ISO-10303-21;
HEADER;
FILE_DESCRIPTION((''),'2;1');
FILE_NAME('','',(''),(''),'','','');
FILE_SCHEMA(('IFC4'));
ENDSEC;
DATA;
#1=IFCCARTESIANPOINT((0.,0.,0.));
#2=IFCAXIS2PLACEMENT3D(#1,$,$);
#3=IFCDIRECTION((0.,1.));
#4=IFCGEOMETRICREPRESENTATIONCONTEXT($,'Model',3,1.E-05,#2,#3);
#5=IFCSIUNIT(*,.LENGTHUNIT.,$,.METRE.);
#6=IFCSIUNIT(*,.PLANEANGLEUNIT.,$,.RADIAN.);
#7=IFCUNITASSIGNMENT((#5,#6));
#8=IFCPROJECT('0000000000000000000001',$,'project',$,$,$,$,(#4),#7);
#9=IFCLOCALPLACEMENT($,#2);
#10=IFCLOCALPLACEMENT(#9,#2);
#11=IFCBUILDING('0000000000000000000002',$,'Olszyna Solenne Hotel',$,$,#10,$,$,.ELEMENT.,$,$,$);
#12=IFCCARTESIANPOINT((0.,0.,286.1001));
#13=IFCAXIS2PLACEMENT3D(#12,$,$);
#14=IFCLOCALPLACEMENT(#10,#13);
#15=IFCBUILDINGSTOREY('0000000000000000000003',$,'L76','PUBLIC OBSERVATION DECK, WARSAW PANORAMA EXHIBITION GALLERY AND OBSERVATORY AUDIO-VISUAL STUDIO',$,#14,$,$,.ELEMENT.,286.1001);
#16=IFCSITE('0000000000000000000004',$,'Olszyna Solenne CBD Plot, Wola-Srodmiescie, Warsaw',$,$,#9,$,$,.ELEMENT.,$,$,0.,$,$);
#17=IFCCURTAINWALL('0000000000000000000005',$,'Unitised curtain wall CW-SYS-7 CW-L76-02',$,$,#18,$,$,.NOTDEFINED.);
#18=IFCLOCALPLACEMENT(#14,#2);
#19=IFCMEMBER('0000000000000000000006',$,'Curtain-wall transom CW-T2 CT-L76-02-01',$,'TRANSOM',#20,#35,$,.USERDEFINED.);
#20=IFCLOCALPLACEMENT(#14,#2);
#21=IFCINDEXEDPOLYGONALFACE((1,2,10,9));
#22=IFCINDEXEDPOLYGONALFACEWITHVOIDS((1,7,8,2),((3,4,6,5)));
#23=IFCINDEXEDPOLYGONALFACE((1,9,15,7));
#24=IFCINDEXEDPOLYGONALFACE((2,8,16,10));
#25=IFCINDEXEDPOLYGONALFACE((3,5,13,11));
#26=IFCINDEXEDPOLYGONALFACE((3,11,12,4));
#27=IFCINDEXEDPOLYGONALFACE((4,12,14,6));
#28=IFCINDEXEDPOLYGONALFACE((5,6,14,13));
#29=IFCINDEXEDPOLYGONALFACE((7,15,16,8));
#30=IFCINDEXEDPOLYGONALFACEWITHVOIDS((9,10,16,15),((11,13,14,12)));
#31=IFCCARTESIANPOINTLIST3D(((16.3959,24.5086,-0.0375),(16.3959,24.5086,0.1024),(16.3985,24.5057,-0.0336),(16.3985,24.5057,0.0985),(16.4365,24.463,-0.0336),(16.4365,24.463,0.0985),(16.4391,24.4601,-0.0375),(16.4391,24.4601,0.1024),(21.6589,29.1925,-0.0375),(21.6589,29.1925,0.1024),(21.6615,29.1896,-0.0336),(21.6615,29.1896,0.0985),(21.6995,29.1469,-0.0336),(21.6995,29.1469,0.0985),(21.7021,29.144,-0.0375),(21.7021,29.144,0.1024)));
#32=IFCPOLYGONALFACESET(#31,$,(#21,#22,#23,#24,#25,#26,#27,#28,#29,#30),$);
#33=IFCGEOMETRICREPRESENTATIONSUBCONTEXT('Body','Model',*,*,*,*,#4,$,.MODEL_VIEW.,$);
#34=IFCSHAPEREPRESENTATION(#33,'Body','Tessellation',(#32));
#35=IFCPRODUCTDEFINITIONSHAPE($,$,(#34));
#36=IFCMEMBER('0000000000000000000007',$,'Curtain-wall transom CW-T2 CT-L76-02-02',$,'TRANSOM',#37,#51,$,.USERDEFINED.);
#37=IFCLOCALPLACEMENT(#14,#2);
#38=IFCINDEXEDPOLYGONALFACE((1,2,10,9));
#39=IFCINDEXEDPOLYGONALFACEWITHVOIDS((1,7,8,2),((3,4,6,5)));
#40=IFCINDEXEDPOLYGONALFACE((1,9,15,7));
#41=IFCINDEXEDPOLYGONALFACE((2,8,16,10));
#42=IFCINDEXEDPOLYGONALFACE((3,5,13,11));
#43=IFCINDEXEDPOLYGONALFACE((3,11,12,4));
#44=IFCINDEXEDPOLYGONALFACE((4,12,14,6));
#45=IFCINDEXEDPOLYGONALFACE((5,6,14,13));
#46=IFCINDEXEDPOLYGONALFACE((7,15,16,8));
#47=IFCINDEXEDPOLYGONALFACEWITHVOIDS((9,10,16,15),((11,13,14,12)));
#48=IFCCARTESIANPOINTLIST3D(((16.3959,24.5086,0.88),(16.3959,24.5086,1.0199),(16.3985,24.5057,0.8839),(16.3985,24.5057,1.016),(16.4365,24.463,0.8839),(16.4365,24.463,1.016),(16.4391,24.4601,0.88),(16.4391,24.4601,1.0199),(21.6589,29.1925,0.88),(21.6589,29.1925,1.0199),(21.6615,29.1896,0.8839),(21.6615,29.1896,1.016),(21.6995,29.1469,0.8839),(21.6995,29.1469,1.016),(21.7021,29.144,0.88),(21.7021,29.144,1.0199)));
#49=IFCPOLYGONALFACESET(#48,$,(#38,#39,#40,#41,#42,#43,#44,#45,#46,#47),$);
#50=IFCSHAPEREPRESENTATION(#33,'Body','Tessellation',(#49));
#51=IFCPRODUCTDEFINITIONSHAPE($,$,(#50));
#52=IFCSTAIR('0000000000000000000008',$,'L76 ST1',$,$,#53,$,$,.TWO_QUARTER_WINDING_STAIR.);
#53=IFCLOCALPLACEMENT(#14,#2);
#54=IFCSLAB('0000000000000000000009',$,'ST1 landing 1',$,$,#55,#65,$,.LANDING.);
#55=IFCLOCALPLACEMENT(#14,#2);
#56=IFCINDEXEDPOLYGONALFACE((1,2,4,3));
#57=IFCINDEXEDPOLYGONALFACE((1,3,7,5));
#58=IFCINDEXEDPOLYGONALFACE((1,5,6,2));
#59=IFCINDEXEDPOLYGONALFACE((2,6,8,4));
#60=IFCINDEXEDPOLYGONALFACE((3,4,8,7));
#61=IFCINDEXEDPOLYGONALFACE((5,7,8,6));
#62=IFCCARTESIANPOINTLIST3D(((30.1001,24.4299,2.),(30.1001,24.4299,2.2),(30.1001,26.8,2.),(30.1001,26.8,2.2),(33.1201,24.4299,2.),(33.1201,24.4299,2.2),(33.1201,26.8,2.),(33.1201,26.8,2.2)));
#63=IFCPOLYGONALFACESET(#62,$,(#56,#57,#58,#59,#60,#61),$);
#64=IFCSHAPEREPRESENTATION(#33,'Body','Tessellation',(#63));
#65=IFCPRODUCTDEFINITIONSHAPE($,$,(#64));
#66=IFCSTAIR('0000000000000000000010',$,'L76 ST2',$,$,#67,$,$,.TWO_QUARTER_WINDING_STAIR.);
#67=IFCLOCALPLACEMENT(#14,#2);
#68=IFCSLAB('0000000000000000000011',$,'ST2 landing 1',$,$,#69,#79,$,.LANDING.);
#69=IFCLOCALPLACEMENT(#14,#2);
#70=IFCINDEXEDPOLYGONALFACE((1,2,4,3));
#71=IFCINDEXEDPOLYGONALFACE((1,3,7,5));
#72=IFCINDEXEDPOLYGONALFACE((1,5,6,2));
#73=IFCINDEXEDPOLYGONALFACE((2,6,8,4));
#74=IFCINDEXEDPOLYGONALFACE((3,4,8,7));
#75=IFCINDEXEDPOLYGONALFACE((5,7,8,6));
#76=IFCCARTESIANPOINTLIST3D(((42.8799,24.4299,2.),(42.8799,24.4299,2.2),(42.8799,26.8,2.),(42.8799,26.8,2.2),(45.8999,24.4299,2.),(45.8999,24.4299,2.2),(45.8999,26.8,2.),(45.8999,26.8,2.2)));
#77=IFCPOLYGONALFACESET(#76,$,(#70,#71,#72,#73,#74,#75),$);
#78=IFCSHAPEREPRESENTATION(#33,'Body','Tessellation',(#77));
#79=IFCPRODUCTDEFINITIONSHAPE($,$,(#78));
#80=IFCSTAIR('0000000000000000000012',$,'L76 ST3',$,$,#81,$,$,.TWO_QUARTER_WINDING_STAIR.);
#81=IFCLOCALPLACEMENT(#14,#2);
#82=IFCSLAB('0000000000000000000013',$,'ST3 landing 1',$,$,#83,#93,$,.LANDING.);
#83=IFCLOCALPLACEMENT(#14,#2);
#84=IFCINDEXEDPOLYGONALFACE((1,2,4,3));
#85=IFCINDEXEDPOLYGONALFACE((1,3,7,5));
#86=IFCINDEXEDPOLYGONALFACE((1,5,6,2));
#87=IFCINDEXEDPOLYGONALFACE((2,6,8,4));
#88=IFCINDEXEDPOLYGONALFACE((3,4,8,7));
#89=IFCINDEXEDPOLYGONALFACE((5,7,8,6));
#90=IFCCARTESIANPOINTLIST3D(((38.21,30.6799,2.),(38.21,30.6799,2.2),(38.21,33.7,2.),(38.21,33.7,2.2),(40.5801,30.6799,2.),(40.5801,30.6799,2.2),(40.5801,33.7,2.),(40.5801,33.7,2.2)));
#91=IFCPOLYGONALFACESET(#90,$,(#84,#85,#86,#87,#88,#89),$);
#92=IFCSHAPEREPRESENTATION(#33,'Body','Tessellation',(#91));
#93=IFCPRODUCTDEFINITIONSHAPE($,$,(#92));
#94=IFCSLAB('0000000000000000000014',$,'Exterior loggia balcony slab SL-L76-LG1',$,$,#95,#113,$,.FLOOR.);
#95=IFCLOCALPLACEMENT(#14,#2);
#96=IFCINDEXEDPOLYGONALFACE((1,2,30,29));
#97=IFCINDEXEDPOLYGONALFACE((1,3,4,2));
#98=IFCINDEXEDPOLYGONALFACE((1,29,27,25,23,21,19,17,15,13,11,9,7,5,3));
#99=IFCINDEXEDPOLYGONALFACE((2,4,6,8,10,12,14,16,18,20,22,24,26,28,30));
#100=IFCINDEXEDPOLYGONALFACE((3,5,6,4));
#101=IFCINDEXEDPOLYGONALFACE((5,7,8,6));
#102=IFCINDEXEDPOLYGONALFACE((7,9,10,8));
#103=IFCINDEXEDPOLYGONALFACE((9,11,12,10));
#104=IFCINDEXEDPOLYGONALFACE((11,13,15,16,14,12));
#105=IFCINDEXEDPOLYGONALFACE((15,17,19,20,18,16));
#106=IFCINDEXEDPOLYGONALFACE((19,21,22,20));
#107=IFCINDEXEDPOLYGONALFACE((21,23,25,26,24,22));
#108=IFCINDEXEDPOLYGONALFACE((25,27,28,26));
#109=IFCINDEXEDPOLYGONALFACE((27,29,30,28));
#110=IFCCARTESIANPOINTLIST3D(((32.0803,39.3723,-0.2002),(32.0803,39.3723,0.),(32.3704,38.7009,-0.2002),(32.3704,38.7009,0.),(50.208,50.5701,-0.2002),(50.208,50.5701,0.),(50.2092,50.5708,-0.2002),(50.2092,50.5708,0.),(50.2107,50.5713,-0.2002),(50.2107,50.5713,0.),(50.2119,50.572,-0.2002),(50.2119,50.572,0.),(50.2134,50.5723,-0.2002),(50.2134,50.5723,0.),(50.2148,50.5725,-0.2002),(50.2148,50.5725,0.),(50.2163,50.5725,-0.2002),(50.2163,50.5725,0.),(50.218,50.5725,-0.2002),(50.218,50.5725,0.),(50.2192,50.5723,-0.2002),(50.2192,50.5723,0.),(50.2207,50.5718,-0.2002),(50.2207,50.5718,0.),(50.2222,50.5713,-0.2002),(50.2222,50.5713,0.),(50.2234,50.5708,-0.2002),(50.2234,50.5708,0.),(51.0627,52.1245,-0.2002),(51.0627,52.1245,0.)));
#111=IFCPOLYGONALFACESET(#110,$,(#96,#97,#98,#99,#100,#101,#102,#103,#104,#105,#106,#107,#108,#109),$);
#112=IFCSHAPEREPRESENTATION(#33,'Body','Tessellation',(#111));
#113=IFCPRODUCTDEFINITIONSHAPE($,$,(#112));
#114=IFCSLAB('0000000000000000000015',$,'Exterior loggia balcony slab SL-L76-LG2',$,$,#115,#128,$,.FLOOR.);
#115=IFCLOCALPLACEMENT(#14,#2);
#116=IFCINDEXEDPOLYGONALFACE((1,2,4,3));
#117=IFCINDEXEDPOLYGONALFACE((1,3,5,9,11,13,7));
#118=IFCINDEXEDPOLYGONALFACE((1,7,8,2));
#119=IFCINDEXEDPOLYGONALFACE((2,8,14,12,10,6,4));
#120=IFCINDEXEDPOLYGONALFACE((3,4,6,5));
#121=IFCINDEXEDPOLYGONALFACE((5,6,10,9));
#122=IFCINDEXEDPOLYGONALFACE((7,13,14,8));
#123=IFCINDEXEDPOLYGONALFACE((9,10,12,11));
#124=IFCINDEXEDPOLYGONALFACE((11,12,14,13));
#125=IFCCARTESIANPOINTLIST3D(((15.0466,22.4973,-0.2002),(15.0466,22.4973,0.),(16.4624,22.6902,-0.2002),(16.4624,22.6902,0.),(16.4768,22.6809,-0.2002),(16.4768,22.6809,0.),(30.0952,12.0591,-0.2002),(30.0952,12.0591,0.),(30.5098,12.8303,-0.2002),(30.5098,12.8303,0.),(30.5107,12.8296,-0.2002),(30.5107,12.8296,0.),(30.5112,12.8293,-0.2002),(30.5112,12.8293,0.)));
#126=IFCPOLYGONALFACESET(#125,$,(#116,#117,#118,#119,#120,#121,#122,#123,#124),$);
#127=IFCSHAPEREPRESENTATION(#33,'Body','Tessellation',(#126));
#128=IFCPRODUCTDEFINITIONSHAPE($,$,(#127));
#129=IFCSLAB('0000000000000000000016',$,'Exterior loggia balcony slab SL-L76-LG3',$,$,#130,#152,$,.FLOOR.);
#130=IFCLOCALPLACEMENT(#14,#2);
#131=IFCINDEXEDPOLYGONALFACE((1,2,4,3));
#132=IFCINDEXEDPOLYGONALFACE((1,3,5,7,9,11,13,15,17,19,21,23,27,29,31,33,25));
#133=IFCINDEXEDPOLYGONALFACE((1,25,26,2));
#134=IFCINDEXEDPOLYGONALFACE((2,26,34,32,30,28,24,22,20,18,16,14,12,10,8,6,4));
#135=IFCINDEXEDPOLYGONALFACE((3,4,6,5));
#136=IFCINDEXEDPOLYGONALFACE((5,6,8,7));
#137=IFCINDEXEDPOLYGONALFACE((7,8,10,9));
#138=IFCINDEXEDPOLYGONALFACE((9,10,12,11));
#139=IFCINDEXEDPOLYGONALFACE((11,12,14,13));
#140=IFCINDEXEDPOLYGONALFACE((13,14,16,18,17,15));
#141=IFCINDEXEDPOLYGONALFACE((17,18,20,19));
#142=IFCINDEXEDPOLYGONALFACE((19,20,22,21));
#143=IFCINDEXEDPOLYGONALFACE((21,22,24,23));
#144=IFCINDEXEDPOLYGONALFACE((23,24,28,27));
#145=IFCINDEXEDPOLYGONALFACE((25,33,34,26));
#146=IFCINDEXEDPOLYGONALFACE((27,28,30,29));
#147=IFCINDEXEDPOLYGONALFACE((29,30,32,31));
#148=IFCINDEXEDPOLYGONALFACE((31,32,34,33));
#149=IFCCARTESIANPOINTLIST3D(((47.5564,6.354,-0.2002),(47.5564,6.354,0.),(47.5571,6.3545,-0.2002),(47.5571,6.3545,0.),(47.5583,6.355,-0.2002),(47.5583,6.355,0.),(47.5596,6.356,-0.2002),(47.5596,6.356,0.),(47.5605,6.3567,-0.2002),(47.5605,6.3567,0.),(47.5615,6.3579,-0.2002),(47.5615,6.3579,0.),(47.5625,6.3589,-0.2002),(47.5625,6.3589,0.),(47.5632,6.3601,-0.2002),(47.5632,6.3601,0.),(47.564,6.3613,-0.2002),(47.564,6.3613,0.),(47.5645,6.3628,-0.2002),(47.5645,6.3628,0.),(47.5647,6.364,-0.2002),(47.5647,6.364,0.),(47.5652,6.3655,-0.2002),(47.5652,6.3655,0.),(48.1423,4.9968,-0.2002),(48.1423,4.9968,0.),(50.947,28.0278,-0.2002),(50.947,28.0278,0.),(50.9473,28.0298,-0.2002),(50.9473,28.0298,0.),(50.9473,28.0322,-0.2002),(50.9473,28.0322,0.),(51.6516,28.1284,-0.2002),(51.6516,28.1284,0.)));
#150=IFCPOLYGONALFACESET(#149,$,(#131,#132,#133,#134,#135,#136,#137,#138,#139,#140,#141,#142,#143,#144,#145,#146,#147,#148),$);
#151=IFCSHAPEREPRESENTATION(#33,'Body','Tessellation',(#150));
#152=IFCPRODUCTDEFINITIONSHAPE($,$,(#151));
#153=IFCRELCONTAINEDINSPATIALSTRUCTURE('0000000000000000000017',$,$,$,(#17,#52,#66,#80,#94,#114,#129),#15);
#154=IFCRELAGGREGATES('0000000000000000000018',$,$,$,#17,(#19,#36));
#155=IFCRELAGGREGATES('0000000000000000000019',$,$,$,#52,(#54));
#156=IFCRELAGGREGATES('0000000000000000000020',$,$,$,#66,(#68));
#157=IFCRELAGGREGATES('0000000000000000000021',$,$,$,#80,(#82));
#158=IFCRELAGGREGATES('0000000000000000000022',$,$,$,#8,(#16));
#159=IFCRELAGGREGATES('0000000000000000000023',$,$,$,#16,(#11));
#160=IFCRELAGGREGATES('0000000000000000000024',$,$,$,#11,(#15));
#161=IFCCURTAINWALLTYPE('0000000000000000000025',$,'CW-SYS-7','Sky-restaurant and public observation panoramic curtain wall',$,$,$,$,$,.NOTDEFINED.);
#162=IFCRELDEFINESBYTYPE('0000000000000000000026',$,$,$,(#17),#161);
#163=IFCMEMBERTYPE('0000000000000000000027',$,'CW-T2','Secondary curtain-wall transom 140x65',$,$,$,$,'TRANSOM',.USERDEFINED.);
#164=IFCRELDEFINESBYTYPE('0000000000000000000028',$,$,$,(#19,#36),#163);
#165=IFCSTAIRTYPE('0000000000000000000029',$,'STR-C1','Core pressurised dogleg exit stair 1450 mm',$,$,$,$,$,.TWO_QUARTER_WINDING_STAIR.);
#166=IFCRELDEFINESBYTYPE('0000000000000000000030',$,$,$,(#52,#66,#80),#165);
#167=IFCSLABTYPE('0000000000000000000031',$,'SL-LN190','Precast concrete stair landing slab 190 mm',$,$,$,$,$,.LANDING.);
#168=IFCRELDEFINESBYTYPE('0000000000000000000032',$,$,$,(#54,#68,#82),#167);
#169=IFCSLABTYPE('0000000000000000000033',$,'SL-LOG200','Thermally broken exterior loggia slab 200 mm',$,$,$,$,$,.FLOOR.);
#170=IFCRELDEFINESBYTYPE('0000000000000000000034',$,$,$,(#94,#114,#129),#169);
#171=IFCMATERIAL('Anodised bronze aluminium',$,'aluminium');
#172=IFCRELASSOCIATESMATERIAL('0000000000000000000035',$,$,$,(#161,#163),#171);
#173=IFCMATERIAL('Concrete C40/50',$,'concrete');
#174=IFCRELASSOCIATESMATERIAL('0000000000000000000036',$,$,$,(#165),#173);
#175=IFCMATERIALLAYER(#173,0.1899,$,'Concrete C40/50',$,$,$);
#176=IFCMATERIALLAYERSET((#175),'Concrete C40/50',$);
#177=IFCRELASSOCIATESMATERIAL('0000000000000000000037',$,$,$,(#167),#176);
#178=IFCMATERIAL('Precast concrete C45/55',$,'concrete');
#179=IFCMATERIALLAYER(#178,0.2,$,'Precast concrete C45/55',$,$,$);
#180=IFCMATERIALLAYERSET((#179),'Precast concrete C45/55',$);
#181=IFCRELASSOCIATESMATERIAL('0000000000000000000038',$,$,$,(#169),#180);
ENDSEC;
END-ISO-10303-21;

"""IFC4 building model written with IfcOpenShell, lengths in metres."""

from ifc_helpers import new_model, si_unit, direction, frame, origin, origin_2d, place, context, subcontext, project, spatial, polyline, hollow_rectangle, outline, extrude, source, transform, mapped, material, layer, layer_set, material_profile, profile_set, type_object, element, aggregate, save


model = new_model("IFC4")

# Units and contexts
model_context = context("Model", 3, precision=1e-05, world=origin(), true_north=direction((0.0, 1.0)))
body_context = subcontext(model_context, "Body", "Model", "MODEL_VIEW")
ifc_project = project(units=[si_unit("LENGTHUNIT", "METRE"), si_unit("PLANEANGLEUNIT", "RADIAN")], contexts=[model_context])

# Site, building, storey
site_placement = place(None, origin())
site = spatial("IfcSite", under=ifc_project, at=site_placement, Name="Olszyna Solenne CBD Plot, Wola-Srodmiescie, Warsaw", CompositionType="ELEMENT", RefElevation=0.0)
building_placement = place(site_placement, origin())
building = spatial("IfcBuilding", under=site, at=building_placement, Name="Olszyna Solenne Hotel", CompositionType="ELEMENT")
storey_placement = place(building_placement, frame((0.0, 0.0, 286.1001)))
storey = spatial("IfcBuildingStorey", under=building, at=storey_placement, Name="L76", Description="PUBLIC OBSERVATION DECK, WARSAW PANORAMA EXHIBITION GALLERY AND OBSERVATORY AUDIO-VISUAL STUDIO", CompositionType="ELEMENT", Elevation=286.1001)

# Curtain wall, members
ifc_material_1 = material(Name="Anodised bronze aluminium", Category="aluminium")
curtain_wall_type = type_object("IfcCurtainWallType", Name="CW-SYS-7", Description="Sky-restaurant and public observation panoramic curtain wall", PredefinedType="NOTDEFINED", material=ifc_material_1)
curtain_wall_placement = place(storey_placement, origin())
curtain_wall = element("IfcCurtainWall", 1, at=curtain_wall_placement, inside=storey, type_object=curtain_wall_type, Name="Unitised curtain wall CW-SYS-7 CW-L76-02", PredefinedType="NOTDEFINED")
ifc_material_profile_1 = material_profile(ifc_material_1, hollow_rectangle(XDim=0.0649, YDim=0.1399, WallThickness=0.0039, at=origin_2d()), Name="TRAN 140x65x4", Category="load-bearing")
ifc_profile_set_1 = profile_set([ifc_material_profile_1], Name="Anodised bronze aluminium")
member_type_1 = type_object("IfcMemberType", Name="CW-T2", Description="Secondary curtain-wall transom 140x65", ElementType="TRANSOM", PredefinedType="USERDEFINED", material=ifc_profile_set_1)
shared_shape_1 = source(origin(), body_context, "Body", "SweptSolid", [
    extrude(hollow_rectangle(XDim=0.0649, YDim=0.1399, WallThickness=0.0039, at=origin_2d()), origin(), (0.0, 0.0, 1.0), 7.0454),
])
member_1_placement = place(storey_placement, frame((16.4175, 24.4844, 0.0325), z_axis=(0.74701, 0.664813, 0.0), x_axis=(-0.664813, 0.74701, 0.0)))
member_1 = element("IfcMember", 2, at=member_1_placement, type_object=member_type_1, Name="Curtain-wall transom CW-T2 CT-L76-02-01", ObjectType="TRANSOM", PredefinedType="USERDEFINED", context=body_context, shape_type="MappedRepresentation", body=[
    mapped(shared_shape_1, transform((0.0, 0.0, 0.0), x_axis=(1.0, 0.0, 0.0), y_axis=(0.0, 1.0, 0.0), z_axis=(0.0, 0.0, 1.0), scale=1.0)),
])
member_2_placement = place(storey_placement, frame((16.4175, 24.4844, 0.95), z_axis=(0.74701, 0.664813, 0.0), x_axis=(-0.664813, 0.74701, 0.0)))
member_2 = element("IfcMember", 3, at=member_2_placement, type_object=member_type_1, Name="Curtain-wall transom CW-T2 CT-L76-02-02", ObjectType="TRANSOM", PredefinedType="USERDEFINED", context=body_context, shape_type="MappedRepresentation", body=[
    mapped(shared_shape_1, transform((0.0, 0.0, 0.0), x_axis=(1.0, 0.0, 0.0), y_axis=(0.0, 1.0, 0.0), z_axis=(0.0, 0.0, 1.0), scale=1.0)),
])
aggregate(curtain_wall, [member_1, member_2])

# Stairs, slabs
ifc_material_2 = material(Name="Concrete C40/50", Category="concrete")
stair_type = type_object("IfcStairType", Name="STR-C1", Description="Core pressurised dogleg exit stair 1450 mm", PredefinedType="TWO_QUARTER_WINDING_STAIR", material=ifc_material_2)
stair_1_placement = place(storey_placement, origin())
stair_1 = element("IfcStair", 4, at=stair_1_placement, inside=storey, type_object=stair_type, Name="L76 ST1", PredefinedType="TWO_QUARTER_WINDING_STAIR")
ifc_layer_1 = layer(ifc_material_2, 0.1899, Name="Concrete C40/50")
ifc_layer_set_1 = layer_set([ifc_layer_1], Name="Concrete C40/50")
slab_type_1 = type_object("IfcSlabType", Name="SL-LN190", Description="Precast concrete stair landing slab 190 mm", PredefinedType="LANDING", material=ifc_layer_set_1)
slab_1_placement = place(storey_placement, frame((0.0, 0.0, 2.0)))
slab_1 = element("IfcSlab", 5, at=slab_1_placement, type_object=slab_type_1, Name="ST1 landing 1", PredefinedType="LANDING", context=body_context, shape_type="SweptSolid", body=[
    extrude(outline(polyline([(33.1201, 24.4299), (33.1201, 26.8), (30.1001, 26.8), (30.1001, 24.4299), (33.1201, 24.4299)])), origin(), (0.0, 0.0, 1.0), 0.2),
])
aggregate(stair_1, [slab_1])
stair_2_placement = place(storey_placement, origin())
stair_2 = element("IfcStair", 6, at=stair_2_placement, inside=storey, type_object=stair_type, Name="L76 ST2", PredefinedType="TWO_QUARTER_WINDING_STAIR")
slab_2_placement = place(storey_placement, frame((0.0, 0.0, 2.0)))
slab_2 = element("IfcSlab", 7, at=slab_2_placement, type_object=slab_type_1, Name="ST2 landing 1", PredefinedType="LANDING", context=body_context, shape_type="SweptSolid", body=[
    extrude(outline(polyline([(45.8999, 24.4299), (45.8999, 26.8), (42.8799, 26.8), (42.8799, 24.4299), (45.8999, 24.4299)])), origin(), (0.0, 0.0, 1.0), 0.2),
])
aggregate(stair_2, [slab_2])
stair_3_placement = place(storey_placement, origin())
stair_3 = element("IfcStair", 8, at=stair_3_placement, inside=storey, type_object=stair_type, Name="L76 ST3", PredefinedType="TWO_QUARTER_WINDING_STAIR")
slab_3_placement = place(storey_placement, frame((0.0, 0.0, 2.0)))
slab_3 = element("IfcSlab", 9, at=slab_3_placement, type_object=slab_type_1, Name="ST3 landing 1", PredefinedType="LANDING", context=body_context, shape_type="SweptSolid", body=[
    extrude(outline(polyline([(38.21, 30.6799), (40.5801, 30.6799), (40.5801, 33.7), (38.21, 33.7), (38.21, 30.6799)])), origin(), (0.0, 0.0, 1.0), 0.2),
])
aggregate(stair_3, [slab_3])

# Slabs
ifc_material_3 = material(Name="Precast concrete C45/55", Category="concrete")
ifc_layer_2 = layer(ifc_material_3, 0.2, Name="Precast concrete C45/55")
ifc_layer_set_2 = layer_set([ifc_layer_2], Name="Precast concrete C45/55")
slab_type_2 = type_object("IfcSlabType", Name="SL-LOG200", Description="Thermally broken exterior loggia slab 200 mm", PredefinedType="FLOOR", material=ifc_layer_set_2)
slab_4_placement = place(storey_placement, frame((0.0, 0.0, -0.2002)))
element("IfcSlab", 10, at=slab_4_placement, inside=storey, type_object=slab_type_2, Name="Exterior loggia balcony slab SL-L76-LG1", PredefinedType="FLOOR", context=body_context, shape_type="SweptSolid", body=[
    extrude(outline(polyline([(32.3704, 38.7009), (50.208, 50.5701), (50.2092, 50.5708), (50.2107, 50.5713), (50.2119, 50.572), (50.2134, 50.5723), (50.2148, 50.5725), (50.2163, 50.5725), (50.218, 50.5725), (50.2192, 50.5723), (50.2207, 50.5718), (50.2222, 50.5713), (50.2234, 50.5708), (51.0627, 52.1245), (32.0803, 39.3723), (32.3704, 38.7009)])), origin(), (0.0, 0.0, 1.0), 0.2002),
])
slab_5_placement = place(storey_placement, frame((0.0, 0.0, -0.2002)))
element("IfcSlab", 11, at=slab_5_placement, inside=storey, type_object=slab_type_2, Name="Exterior loggia balcony slab SL-L76-LG2", PredefinedType="FLOOR", context=body_context, shape_type="SweptSolid", body=[
    extrude(outline(polyline([(30.5112, 12.8293), (30.5107, 12.8296), (30.5098, 12.8303), (16.4768, 22.6809), (16.4624, 22.6902), (15.0466, 22.4973), (30.0952, 12.0591), (30.5112, 12.8293)])), origin(), (0.0, 0.0, 1.0), 0.2002),
])
slab_6_placement = place(storey_placement, frame((0.0, 0.0, -0.2002)))
element("IfcSlab", 12, at=slab_6_placement, inside=storey, type_object=slab_type_2, Name="Exterior loggia balcony slab SL-L76-LG3", PredefinedType="FLOOR", context=body_context, shape_type="SweptSolid", body=[
    extrude(outline(polyline([(50.9473, 28.0322), (50.9473, 28.0298), (50.947, 28.0278), (47.5652, 6.3655), (47.5647, 6.364), (47.5645, 6.3628), (47.564, 6.3613), (47.5632, 6.3601), (47.5625, 6.3589), (47.5615, 6.3579), (47.5605, 6.3567), (47.5596, 6.356), (47.5583, 6.355), (47.5571, 6.3545), (47.5564, 6.354), (48.1423, 4.9968), (51.6516, 28.1284), (50.9473, 28.0322)])), origin(), (0.0, 0.0, 1.0), 0.2002),
])

save(model, "model.ifc")
